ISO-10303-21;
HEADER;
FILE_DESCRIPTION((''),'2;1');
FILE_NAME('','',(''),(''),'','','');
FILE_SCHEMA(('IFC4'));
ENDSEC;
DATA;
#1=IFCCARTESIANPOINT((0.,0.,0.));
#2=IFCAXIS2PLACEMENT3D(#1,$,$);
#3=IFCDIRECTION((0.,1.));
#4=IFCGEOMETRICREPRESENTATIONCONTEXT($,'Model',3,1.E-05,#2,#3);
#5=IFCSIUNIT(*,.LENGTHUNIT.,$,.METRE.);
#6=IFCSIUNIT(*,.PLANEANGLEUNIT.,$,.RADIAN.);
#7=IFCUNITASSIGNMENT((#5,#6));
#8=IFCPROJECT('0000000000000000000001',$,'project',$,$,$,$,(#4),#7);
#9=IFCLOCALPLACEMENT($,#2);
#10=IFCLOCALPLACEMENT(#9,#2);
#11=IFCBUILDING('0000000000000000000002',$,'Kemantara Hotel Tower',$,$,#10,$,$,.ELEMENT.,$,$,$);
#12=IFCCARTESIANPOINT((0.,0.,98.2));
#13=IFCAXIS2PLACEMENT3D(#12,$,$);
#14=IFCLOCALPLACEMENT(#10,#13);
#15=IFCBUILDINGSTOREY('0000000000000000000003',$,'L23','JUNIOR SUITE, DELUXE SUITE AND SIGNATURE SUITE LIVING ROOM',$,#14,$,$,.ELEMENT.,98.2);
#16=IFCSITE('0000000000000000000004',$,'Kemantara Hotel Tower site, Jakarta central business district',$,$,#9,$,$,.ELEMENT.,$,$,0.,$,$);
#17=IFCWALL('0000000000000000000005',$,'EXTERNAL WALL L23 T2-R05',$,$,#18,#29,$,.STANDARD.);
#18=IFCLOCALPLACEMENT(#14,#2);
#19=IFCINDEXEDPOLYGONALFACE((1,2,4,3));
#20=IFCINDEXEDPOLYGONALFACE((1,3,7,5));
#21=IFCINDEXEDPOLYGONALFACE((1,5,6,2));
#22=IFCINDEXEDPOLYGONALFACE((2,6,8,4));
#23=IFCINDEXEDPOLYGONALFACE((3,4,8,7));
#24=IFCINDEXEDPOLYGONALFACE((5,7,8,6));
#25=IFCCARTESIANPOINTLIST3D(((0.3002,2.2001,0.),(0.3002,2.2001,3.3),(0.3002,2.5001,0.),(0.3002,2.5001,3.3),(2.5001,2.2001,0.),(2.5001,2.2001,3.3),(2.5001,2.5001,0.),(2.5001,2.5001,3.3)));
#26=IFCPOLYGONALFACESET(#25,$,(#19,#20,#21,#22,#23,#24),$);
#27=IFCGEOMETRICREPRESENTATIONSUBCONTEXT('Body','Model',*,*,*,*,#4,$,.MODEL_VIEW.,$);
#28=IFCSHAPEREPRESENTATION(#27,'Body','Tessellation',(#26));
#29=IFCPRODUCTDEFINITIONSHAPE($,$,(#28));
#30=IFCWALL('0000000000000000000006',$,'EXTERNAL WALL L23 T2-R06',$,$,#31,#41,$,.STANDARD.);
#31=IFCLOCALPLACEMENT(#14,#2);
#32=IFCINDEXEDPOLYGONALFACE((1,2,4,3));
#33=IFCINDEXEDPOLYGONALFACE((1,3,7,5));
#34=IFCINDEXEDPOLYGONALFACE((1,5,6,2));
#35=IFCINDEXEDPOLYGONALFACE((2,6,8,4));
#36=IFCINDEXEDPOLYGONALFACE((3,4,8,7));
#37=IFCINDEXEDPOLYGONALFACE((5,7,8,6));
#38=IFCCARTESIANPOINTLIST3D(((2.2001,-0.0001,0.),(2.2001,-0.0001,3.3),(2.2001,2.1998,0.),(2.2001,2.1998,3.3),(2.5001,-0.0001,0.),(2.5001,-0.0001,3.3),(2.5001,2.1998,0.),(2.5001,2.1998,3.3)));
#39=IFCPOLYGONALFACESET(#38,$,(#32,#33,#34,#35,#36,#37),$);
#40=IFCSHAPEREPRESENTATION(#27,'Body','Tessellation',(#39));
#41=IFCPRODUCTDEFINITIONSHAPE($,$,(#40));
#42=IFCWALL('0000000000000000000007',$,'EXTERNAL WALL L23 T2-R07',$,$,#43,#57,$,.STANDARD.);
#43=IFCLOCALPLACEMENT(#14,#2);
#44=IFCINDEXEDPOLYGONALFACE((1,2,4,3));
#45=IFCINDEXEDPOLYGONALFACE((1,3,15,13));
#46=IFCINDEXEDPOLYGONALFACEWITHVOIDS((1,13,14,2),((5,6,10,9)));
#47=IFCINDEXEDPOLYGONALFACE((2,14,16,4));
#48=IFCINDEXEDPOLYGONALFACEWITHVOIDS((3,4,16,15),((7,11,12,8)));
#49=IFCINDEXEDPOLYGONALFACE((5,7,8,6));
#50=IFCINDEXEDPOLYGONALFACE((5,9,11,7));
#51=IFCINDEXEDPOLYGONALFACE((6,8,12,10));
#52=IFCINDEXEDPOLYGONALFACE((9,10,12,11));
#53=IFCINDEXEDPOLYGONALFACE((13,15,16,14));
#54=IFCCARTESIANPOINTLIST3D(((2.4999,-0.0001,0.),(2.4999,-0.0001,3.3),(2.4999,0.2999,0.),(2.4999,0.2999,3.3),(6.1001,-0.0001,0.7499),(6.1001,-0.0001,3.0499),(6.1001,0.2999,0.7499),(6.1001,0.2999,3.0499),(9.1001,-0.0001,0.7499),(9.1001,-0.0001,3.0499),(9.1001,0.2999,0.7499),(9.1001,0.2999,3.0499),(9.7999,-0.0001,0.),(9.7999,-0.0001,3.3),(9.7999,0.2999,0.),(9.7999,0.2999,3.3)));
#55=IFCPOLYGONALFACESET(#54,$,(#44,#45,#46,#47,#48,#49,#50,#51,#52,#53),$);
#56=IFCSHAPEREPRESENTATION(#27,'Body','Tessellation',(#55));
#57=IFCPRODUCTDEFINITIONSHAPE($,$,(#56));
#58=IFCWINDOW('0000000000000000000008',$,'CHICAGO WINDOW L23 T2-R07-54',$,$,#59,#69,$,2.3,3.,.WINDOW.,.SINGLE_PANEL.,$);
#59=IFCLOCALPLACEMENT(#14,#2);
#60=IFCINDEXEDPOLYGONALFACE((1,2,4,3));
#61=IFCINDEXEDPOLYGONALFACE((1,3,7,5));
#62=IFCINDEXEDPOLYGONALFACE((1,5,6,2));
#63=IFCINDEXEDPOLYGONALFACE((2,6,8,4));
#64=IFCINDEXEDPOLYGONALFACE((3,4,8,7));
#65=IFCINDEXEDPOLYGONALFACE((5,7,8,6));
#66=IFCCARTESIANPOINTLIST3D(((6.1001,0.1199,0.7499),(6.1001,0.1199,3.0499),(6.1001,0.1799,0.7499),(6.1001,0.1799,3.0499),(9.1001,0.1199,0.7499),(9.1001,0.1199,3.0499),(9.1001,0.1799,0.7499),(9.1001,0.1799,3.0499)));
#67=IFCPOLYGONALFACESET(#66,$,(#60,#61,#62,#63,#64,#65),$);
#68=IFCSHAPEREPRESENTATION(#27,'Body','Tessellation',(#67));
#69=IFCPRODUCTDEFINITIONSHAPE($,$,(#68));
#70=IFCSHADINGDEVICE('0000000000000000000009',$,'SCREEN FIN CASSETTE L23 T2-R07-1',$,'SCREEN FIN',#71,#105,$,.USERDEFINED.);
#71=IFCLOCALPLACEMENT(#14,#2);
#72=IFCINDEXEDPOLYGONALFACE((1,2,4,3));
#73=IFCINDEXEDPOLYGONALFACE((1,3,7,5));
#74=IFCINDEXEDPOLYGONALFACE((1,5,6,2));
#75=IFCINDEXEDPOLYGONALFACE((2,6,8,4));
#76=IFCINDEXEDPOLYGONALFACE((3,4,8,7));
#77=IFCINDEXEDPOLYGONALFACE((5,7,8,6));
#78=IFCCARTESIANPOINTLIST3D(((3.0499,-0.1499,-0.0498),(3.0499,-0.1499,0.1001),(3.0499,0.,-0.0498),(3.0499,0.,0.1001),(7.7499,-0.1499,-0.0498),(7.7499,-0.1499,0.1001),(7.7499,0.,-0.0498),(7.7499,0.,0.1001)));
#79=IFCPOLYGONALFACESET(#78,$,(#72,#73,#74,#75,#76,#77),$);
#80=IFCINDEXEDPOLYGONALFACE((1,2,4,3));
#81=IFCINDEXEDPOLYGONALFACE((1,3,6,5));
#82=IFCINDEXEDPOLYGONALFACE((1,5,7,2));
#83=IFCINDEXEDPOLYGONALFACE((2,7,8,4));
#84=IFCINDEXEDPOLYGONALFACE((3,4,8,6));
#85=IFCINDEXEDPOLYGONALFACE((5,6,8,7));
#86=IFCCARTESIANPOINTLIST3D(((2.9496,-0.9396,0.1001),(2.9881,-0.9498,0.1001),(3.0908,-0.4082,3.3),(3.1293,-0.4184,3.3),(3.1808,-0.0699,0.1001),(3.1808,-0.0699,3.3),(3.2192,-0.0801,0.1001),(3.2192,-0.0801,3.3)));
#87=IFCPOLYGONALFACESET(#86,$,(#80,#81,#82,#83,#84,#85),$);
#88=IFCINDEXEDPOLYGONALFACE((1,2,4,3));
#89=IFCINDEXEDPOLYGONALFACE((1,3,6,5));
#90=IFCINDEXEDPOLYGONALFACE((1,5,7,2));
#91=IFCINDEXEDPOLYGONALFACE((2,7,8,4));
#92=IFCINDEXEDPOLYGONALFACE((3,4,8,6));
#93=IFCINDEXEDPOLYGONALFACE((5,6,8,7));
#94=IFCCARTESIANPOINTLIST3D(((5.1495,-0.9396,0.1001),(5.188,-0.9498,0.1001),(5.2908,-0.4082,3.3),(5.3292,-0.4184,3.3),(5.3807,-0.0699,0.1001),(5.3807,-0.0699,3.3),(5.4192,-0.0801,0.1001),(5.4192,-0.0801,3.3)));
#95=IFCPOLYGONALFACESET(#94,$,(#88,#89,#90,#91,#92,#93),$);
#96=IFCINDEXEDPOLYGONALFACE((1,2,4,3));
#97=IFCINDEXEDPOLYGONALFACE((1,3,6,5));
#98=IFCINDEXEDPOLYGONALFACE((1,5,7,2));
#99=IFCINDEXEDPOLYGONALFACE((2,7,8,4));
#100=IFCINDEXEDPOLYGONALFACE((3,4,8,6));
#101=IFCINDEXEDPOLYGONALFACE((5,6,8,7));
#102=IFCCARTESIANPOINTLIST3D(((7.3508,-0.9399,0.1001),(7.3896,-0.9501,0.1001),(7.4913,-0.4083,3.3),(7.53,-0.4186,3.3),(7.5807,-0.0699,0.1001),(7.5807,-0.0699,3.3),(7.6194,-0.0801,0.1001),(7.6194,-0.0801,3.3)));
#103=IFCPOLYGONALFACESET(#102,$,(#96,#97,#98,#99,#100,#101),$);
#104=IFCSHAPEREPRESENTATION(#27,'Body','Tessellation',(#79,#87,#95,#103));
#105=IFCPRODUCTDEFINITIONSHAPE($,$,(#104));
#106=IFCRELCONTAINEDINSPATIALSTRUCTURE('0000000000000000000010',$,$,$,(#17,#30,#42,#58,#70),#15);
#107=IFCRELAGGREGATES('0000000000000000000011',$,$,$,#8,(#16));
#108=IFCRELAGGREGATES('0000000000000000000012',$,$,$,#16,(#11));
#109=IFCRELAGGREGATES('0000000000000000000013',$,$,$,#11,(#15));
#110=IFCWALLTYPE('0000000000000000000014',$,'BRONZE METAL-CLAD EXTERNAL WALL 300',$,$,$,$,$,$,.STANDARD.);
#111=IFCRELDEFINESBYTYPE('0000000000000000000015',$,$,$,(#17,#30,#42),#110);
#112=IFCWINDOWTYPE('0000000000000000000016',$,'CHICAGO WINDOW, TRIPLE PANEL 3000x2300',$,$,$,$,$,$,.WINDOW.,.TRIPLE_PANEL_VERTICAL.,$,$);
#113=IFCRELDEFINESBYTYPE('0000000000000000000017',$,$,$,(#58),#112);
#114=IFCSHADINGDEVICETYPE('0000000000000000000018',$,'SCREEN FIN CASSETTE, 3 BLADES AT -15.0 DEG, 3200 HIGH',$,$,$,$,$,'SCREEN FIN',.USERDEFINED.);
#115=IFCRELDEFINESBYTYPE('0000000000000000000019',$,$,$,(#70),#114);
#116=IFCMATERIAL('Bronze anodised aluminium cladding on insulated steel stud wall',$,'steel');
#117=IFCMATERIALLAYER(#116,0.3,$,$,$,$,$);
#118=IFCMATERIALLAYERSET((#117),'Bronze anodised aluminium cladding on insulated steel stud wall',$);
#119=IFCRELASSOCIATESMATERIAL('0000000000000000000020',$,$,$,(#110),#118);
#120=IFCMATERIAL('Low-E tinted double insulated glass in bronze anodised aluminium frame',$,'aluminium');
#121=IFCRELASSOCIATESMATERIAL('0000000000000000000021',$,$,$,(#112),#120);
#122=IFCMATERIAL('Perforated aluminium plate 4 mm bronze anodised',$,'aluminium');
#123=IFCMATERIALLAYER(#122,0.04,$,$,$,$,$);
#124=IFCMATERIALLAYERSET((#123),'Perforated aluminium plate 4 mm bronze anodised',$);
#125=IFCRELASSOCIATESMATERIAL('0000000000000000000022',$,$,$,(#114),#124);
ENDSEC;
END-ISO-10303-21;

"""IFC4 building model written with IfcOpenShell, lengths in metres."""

from ifc_helpers import new_model, si_unit, direction, frame, frame_2d, origin, origin_2d, place, context, subcontext, project, spatial, polyline, rectangle, outline, extrude, source, transform, mapped, material, layer, layer_set, type_object, element, fill, save


model = new_model("IFC4")

# Units and contexts
model_context = context("Model", 3, precision=1e-05, world=origin(), true_north=direction((0.0, 1.0)))
body_context = subcontext(model_context, "Body", "Model", "MODEL_VIEW")
ifc_project = project(units=[si_unit("LENGTHUNIT", "METRE"), si_unit("PLANEANGLEUNIT", "RADIAN")], contexts=[model_context])

# Site, building, storey
site_placement = place(None, origin())
site = spatial("IfcSite", under=ifc_project, at=site_placement, Name="Kemantara Hotel Tower site, Jakarta central business district", CompositionType="ELEMENT", RefElevation=0.0)
building_placement = place(site_placement, origin())
building = spatial("IfcBuilding", under=site, at=building_placement, Name="Kemantara Hotel Tower", CompositionType="ELEMENT")
storey_placement = place(building_placement, frame((0.0, 0.0, 98.2)))
storey = spatial("IfcBuildingStorey", under=building, at=storey_placement, Name="L23", Description="JUNIOR SUITE, DELUXE SUITE AND SIGNATURE SUITE LIVING ROOM", CompositionType="ELEMENT", Elevation=98.2)

# Walls
ifc_material_1 = material(Name="Bronze anodised aluminium cladding on insulated steel stud wall", Category="steel")
ifc_layer_1 = layer(ifc_material_1, 0.3)
ifc_layer_set_1 = layer_set([ifc_layer_1], Name="Bronze anodised aluminium cladding on insulated steel stud wall")
wall_type = type_object("IfcWallType", Name="BRONZE METAL-CLAD EXTERNAL WALL 300", PredefinedType="STANDARD", material=ifc_layer_set_1)
for number, where, z_axis, x_axis, name in (
    (1, (0.3, 2.3501, 0.0), (0.0, 0.0, 1.0), (1.0, 0.0, 0.0), "EXTERNAL WALL L23 T2-R05"),
    (2, (2.3501, 2.2, 0.0), (0.0, 0.0, 1.0), (0.0, -1.0, 0.0), "EXTERNAL WALL L23 T2-R06"),
):
    element("IfcWall", number, at=place(storey_placement, frame(where, z_axis=z_axis, x_axis=x_axis)), inside=storey, type_object=wall_type, Name=name, PredefinedType="STANDARD", context=body_context, shape_type="SweptSolid", body=[
        extrude(rectangle(XDim=2.2, YDim=0.3, at=frame_2d((1.1001, 0.0))), origin(), (0.0, 0.0, 1.0), 3.3),
    ])

# Wall, opening, window
wall_placement = place(storey_placement, frame((2.5, 0.1499, 0.0), z_axis=(0.0, 0.0, 1.0), x_axis=(1.0, 0.0, 0.0)))
wall = element("IfcWall", 3, at=wall_placement, inside=storey, type_object=wall_type, Name="EXTERNAL WALL L23 T2-R07", PredefinedType="STANDARD", context=body_context, shape_type="SweptSolid", body=[
    extrude(rectangle(XDim=7.3, YDim=0.3, at=frame_2d((3.6499, 0.0))), origin(), (0.0, 0.0, 1.0), 3.3),
])
opening_placement = place(wall_placement, frame((3.6001, 0.0, 0.75)))
opening = element("IfcOpeningElement", 4, at=opening_placement, cuts=wall, PredefinedType="OPENING", context=body_context, shape_type="SweptSolid", body=[
    extrude(rectangle(XDim=3.0, YDim=2.3, at=frame_2d((1.5, 1.1499))), frame((0.0, 0.1599, 0.0), z_axis=(0.0, -1.0, 0.0), x_axis=(1.0, 0.0, 0.0)), (0.0, 0.0, 1.0), 0.3201),
])
ifc_material_2 = material(Name="Low-E tinted double insulated glass in bronze anodised aluminium frame", Category="aluminium")
window_type = type_object("IfcWindowType", Name="CHICAGO WINDOW, TRIPLE PANEL 3000x2300", PartitioningType="TRIPLE_PANEL_VERTICAL", PredefinedType="WINDOW", material=ifc_material_2)
window_placement = place(opening_placement, origin())
window = element("IfcWindow", 5, at=window_placement, inside=storey, type_object=window_type, Name="CHICAGO WINDOW L23 T2-R07-54", OverallHeight=2.3, OverallWidth=3.0, PartitioningType="SINGLE_PANEL", PredefinedType="WINDOW", context=body_context, shape_type="SweptSolid", body=[
    extrude(rectangle(XDim=3.0, YDim=2.3, at=frame_2d((1.5, 1.1499))), frame((0.0, 0.03, 0.0), z_axis=(0.0, -1.0, 0.0), x_axis=(1.0, 0.0, 0.0)), (0.0, 0.0, 1.0), 0.0601),
])
fill(opening, window)

# Shading device
ifc_material_3 = material(Name="Perforated aluminium plate 4 mm bronze anodised", Category="aluminium")
ifc_layer_2 = layer(ifc_material_3, 0.04)
ifc_layer_set_2 = layer_set([ifc_layer_2], Name="Perforated aluminium plate 4 mm bronze anodised")
shading_device_type = type_object("IfcShadingDeviceType", Name="SCREEN FIN CASSETTE, 3 BLADES AT -15.0 DEG, 3200 HIGH", ElementType="SCREEN FIN", PredefinedType="USERDEFINED", material=ifc_layer_set_2)
shared_shape = source(origin(), body_context, "Body", "SweptSolid", [
    extrude(rectangle(XDim=4.7, YDim=0.1499, at=origin_2d()), frame((2.2, -0.075, -0.1499), z_axis=(0.0, 0.0, 1.0), x_axis=(1.0, 0.0, 0.0)), (0.0, 0.0, 1.0), 0.1499),
    extrude(outline(polyline([(0.0, 0.0), (0.8999, 0.0), (0.3501, 3.2), (0.0, 3.2), (0.0, 0.0)])), frame((0.0193, -0.0801, 0.0), z_axis=(-0.966438, 0.256901, 0.0), x_axis=(-0.256901, -0.966438, 0.0)), (0.0, 0.0, 1.0), 0.0398),
    extrude(outline(polyline([(0.0, 0.0), (0.8999, 0.0), (0.3501, 3.2), (0.0, 3.2), (0.0, 0.0)])), frame((2.2192, -0.0801, 0.0), z_axis=(-0.966438, 0.256901, 0.0), x_axis=(-0.256901, -0.966438, 0.0)), (0.0, 0.0, 1.0), 0.0398),
    extrude(outline(polyline([(0.0, 0.0), (0.8999, 0.0), (0.3501, 3.2), (0.0, 3.2), (0.0, 0.0)])), frame((4.4194, -0.0801, 0.0), z_axis=(-0.966838, 0.255391, 0.0), x_axis=(-0.255391, -0.966838, 0.0)), (0.0, 0.0, 1.0), 0.04),
])
shading_device_placement = place(storey_placement, frame((3.2, 0.0, 0.1001), z_axis=(0.0, 0.0, 1.0), x_axis=(1.0, 0.0, 0.0)))
element("IfcShadingDevice", 6, at=shading_device_placement, inside=storey, type_object=shading_device_type, Name="SCREEN FIN CASSETTE L23 T2-R07-1", ObjectType="SCREEN FIN", PredefinedType="USERDEFINED", context=body_context, shape_type="MappedRepresentation", body=[
    mapped(shared_shape, transform((0.0, 0.0, 0.0))),
])

save(model, "model.ifc")
